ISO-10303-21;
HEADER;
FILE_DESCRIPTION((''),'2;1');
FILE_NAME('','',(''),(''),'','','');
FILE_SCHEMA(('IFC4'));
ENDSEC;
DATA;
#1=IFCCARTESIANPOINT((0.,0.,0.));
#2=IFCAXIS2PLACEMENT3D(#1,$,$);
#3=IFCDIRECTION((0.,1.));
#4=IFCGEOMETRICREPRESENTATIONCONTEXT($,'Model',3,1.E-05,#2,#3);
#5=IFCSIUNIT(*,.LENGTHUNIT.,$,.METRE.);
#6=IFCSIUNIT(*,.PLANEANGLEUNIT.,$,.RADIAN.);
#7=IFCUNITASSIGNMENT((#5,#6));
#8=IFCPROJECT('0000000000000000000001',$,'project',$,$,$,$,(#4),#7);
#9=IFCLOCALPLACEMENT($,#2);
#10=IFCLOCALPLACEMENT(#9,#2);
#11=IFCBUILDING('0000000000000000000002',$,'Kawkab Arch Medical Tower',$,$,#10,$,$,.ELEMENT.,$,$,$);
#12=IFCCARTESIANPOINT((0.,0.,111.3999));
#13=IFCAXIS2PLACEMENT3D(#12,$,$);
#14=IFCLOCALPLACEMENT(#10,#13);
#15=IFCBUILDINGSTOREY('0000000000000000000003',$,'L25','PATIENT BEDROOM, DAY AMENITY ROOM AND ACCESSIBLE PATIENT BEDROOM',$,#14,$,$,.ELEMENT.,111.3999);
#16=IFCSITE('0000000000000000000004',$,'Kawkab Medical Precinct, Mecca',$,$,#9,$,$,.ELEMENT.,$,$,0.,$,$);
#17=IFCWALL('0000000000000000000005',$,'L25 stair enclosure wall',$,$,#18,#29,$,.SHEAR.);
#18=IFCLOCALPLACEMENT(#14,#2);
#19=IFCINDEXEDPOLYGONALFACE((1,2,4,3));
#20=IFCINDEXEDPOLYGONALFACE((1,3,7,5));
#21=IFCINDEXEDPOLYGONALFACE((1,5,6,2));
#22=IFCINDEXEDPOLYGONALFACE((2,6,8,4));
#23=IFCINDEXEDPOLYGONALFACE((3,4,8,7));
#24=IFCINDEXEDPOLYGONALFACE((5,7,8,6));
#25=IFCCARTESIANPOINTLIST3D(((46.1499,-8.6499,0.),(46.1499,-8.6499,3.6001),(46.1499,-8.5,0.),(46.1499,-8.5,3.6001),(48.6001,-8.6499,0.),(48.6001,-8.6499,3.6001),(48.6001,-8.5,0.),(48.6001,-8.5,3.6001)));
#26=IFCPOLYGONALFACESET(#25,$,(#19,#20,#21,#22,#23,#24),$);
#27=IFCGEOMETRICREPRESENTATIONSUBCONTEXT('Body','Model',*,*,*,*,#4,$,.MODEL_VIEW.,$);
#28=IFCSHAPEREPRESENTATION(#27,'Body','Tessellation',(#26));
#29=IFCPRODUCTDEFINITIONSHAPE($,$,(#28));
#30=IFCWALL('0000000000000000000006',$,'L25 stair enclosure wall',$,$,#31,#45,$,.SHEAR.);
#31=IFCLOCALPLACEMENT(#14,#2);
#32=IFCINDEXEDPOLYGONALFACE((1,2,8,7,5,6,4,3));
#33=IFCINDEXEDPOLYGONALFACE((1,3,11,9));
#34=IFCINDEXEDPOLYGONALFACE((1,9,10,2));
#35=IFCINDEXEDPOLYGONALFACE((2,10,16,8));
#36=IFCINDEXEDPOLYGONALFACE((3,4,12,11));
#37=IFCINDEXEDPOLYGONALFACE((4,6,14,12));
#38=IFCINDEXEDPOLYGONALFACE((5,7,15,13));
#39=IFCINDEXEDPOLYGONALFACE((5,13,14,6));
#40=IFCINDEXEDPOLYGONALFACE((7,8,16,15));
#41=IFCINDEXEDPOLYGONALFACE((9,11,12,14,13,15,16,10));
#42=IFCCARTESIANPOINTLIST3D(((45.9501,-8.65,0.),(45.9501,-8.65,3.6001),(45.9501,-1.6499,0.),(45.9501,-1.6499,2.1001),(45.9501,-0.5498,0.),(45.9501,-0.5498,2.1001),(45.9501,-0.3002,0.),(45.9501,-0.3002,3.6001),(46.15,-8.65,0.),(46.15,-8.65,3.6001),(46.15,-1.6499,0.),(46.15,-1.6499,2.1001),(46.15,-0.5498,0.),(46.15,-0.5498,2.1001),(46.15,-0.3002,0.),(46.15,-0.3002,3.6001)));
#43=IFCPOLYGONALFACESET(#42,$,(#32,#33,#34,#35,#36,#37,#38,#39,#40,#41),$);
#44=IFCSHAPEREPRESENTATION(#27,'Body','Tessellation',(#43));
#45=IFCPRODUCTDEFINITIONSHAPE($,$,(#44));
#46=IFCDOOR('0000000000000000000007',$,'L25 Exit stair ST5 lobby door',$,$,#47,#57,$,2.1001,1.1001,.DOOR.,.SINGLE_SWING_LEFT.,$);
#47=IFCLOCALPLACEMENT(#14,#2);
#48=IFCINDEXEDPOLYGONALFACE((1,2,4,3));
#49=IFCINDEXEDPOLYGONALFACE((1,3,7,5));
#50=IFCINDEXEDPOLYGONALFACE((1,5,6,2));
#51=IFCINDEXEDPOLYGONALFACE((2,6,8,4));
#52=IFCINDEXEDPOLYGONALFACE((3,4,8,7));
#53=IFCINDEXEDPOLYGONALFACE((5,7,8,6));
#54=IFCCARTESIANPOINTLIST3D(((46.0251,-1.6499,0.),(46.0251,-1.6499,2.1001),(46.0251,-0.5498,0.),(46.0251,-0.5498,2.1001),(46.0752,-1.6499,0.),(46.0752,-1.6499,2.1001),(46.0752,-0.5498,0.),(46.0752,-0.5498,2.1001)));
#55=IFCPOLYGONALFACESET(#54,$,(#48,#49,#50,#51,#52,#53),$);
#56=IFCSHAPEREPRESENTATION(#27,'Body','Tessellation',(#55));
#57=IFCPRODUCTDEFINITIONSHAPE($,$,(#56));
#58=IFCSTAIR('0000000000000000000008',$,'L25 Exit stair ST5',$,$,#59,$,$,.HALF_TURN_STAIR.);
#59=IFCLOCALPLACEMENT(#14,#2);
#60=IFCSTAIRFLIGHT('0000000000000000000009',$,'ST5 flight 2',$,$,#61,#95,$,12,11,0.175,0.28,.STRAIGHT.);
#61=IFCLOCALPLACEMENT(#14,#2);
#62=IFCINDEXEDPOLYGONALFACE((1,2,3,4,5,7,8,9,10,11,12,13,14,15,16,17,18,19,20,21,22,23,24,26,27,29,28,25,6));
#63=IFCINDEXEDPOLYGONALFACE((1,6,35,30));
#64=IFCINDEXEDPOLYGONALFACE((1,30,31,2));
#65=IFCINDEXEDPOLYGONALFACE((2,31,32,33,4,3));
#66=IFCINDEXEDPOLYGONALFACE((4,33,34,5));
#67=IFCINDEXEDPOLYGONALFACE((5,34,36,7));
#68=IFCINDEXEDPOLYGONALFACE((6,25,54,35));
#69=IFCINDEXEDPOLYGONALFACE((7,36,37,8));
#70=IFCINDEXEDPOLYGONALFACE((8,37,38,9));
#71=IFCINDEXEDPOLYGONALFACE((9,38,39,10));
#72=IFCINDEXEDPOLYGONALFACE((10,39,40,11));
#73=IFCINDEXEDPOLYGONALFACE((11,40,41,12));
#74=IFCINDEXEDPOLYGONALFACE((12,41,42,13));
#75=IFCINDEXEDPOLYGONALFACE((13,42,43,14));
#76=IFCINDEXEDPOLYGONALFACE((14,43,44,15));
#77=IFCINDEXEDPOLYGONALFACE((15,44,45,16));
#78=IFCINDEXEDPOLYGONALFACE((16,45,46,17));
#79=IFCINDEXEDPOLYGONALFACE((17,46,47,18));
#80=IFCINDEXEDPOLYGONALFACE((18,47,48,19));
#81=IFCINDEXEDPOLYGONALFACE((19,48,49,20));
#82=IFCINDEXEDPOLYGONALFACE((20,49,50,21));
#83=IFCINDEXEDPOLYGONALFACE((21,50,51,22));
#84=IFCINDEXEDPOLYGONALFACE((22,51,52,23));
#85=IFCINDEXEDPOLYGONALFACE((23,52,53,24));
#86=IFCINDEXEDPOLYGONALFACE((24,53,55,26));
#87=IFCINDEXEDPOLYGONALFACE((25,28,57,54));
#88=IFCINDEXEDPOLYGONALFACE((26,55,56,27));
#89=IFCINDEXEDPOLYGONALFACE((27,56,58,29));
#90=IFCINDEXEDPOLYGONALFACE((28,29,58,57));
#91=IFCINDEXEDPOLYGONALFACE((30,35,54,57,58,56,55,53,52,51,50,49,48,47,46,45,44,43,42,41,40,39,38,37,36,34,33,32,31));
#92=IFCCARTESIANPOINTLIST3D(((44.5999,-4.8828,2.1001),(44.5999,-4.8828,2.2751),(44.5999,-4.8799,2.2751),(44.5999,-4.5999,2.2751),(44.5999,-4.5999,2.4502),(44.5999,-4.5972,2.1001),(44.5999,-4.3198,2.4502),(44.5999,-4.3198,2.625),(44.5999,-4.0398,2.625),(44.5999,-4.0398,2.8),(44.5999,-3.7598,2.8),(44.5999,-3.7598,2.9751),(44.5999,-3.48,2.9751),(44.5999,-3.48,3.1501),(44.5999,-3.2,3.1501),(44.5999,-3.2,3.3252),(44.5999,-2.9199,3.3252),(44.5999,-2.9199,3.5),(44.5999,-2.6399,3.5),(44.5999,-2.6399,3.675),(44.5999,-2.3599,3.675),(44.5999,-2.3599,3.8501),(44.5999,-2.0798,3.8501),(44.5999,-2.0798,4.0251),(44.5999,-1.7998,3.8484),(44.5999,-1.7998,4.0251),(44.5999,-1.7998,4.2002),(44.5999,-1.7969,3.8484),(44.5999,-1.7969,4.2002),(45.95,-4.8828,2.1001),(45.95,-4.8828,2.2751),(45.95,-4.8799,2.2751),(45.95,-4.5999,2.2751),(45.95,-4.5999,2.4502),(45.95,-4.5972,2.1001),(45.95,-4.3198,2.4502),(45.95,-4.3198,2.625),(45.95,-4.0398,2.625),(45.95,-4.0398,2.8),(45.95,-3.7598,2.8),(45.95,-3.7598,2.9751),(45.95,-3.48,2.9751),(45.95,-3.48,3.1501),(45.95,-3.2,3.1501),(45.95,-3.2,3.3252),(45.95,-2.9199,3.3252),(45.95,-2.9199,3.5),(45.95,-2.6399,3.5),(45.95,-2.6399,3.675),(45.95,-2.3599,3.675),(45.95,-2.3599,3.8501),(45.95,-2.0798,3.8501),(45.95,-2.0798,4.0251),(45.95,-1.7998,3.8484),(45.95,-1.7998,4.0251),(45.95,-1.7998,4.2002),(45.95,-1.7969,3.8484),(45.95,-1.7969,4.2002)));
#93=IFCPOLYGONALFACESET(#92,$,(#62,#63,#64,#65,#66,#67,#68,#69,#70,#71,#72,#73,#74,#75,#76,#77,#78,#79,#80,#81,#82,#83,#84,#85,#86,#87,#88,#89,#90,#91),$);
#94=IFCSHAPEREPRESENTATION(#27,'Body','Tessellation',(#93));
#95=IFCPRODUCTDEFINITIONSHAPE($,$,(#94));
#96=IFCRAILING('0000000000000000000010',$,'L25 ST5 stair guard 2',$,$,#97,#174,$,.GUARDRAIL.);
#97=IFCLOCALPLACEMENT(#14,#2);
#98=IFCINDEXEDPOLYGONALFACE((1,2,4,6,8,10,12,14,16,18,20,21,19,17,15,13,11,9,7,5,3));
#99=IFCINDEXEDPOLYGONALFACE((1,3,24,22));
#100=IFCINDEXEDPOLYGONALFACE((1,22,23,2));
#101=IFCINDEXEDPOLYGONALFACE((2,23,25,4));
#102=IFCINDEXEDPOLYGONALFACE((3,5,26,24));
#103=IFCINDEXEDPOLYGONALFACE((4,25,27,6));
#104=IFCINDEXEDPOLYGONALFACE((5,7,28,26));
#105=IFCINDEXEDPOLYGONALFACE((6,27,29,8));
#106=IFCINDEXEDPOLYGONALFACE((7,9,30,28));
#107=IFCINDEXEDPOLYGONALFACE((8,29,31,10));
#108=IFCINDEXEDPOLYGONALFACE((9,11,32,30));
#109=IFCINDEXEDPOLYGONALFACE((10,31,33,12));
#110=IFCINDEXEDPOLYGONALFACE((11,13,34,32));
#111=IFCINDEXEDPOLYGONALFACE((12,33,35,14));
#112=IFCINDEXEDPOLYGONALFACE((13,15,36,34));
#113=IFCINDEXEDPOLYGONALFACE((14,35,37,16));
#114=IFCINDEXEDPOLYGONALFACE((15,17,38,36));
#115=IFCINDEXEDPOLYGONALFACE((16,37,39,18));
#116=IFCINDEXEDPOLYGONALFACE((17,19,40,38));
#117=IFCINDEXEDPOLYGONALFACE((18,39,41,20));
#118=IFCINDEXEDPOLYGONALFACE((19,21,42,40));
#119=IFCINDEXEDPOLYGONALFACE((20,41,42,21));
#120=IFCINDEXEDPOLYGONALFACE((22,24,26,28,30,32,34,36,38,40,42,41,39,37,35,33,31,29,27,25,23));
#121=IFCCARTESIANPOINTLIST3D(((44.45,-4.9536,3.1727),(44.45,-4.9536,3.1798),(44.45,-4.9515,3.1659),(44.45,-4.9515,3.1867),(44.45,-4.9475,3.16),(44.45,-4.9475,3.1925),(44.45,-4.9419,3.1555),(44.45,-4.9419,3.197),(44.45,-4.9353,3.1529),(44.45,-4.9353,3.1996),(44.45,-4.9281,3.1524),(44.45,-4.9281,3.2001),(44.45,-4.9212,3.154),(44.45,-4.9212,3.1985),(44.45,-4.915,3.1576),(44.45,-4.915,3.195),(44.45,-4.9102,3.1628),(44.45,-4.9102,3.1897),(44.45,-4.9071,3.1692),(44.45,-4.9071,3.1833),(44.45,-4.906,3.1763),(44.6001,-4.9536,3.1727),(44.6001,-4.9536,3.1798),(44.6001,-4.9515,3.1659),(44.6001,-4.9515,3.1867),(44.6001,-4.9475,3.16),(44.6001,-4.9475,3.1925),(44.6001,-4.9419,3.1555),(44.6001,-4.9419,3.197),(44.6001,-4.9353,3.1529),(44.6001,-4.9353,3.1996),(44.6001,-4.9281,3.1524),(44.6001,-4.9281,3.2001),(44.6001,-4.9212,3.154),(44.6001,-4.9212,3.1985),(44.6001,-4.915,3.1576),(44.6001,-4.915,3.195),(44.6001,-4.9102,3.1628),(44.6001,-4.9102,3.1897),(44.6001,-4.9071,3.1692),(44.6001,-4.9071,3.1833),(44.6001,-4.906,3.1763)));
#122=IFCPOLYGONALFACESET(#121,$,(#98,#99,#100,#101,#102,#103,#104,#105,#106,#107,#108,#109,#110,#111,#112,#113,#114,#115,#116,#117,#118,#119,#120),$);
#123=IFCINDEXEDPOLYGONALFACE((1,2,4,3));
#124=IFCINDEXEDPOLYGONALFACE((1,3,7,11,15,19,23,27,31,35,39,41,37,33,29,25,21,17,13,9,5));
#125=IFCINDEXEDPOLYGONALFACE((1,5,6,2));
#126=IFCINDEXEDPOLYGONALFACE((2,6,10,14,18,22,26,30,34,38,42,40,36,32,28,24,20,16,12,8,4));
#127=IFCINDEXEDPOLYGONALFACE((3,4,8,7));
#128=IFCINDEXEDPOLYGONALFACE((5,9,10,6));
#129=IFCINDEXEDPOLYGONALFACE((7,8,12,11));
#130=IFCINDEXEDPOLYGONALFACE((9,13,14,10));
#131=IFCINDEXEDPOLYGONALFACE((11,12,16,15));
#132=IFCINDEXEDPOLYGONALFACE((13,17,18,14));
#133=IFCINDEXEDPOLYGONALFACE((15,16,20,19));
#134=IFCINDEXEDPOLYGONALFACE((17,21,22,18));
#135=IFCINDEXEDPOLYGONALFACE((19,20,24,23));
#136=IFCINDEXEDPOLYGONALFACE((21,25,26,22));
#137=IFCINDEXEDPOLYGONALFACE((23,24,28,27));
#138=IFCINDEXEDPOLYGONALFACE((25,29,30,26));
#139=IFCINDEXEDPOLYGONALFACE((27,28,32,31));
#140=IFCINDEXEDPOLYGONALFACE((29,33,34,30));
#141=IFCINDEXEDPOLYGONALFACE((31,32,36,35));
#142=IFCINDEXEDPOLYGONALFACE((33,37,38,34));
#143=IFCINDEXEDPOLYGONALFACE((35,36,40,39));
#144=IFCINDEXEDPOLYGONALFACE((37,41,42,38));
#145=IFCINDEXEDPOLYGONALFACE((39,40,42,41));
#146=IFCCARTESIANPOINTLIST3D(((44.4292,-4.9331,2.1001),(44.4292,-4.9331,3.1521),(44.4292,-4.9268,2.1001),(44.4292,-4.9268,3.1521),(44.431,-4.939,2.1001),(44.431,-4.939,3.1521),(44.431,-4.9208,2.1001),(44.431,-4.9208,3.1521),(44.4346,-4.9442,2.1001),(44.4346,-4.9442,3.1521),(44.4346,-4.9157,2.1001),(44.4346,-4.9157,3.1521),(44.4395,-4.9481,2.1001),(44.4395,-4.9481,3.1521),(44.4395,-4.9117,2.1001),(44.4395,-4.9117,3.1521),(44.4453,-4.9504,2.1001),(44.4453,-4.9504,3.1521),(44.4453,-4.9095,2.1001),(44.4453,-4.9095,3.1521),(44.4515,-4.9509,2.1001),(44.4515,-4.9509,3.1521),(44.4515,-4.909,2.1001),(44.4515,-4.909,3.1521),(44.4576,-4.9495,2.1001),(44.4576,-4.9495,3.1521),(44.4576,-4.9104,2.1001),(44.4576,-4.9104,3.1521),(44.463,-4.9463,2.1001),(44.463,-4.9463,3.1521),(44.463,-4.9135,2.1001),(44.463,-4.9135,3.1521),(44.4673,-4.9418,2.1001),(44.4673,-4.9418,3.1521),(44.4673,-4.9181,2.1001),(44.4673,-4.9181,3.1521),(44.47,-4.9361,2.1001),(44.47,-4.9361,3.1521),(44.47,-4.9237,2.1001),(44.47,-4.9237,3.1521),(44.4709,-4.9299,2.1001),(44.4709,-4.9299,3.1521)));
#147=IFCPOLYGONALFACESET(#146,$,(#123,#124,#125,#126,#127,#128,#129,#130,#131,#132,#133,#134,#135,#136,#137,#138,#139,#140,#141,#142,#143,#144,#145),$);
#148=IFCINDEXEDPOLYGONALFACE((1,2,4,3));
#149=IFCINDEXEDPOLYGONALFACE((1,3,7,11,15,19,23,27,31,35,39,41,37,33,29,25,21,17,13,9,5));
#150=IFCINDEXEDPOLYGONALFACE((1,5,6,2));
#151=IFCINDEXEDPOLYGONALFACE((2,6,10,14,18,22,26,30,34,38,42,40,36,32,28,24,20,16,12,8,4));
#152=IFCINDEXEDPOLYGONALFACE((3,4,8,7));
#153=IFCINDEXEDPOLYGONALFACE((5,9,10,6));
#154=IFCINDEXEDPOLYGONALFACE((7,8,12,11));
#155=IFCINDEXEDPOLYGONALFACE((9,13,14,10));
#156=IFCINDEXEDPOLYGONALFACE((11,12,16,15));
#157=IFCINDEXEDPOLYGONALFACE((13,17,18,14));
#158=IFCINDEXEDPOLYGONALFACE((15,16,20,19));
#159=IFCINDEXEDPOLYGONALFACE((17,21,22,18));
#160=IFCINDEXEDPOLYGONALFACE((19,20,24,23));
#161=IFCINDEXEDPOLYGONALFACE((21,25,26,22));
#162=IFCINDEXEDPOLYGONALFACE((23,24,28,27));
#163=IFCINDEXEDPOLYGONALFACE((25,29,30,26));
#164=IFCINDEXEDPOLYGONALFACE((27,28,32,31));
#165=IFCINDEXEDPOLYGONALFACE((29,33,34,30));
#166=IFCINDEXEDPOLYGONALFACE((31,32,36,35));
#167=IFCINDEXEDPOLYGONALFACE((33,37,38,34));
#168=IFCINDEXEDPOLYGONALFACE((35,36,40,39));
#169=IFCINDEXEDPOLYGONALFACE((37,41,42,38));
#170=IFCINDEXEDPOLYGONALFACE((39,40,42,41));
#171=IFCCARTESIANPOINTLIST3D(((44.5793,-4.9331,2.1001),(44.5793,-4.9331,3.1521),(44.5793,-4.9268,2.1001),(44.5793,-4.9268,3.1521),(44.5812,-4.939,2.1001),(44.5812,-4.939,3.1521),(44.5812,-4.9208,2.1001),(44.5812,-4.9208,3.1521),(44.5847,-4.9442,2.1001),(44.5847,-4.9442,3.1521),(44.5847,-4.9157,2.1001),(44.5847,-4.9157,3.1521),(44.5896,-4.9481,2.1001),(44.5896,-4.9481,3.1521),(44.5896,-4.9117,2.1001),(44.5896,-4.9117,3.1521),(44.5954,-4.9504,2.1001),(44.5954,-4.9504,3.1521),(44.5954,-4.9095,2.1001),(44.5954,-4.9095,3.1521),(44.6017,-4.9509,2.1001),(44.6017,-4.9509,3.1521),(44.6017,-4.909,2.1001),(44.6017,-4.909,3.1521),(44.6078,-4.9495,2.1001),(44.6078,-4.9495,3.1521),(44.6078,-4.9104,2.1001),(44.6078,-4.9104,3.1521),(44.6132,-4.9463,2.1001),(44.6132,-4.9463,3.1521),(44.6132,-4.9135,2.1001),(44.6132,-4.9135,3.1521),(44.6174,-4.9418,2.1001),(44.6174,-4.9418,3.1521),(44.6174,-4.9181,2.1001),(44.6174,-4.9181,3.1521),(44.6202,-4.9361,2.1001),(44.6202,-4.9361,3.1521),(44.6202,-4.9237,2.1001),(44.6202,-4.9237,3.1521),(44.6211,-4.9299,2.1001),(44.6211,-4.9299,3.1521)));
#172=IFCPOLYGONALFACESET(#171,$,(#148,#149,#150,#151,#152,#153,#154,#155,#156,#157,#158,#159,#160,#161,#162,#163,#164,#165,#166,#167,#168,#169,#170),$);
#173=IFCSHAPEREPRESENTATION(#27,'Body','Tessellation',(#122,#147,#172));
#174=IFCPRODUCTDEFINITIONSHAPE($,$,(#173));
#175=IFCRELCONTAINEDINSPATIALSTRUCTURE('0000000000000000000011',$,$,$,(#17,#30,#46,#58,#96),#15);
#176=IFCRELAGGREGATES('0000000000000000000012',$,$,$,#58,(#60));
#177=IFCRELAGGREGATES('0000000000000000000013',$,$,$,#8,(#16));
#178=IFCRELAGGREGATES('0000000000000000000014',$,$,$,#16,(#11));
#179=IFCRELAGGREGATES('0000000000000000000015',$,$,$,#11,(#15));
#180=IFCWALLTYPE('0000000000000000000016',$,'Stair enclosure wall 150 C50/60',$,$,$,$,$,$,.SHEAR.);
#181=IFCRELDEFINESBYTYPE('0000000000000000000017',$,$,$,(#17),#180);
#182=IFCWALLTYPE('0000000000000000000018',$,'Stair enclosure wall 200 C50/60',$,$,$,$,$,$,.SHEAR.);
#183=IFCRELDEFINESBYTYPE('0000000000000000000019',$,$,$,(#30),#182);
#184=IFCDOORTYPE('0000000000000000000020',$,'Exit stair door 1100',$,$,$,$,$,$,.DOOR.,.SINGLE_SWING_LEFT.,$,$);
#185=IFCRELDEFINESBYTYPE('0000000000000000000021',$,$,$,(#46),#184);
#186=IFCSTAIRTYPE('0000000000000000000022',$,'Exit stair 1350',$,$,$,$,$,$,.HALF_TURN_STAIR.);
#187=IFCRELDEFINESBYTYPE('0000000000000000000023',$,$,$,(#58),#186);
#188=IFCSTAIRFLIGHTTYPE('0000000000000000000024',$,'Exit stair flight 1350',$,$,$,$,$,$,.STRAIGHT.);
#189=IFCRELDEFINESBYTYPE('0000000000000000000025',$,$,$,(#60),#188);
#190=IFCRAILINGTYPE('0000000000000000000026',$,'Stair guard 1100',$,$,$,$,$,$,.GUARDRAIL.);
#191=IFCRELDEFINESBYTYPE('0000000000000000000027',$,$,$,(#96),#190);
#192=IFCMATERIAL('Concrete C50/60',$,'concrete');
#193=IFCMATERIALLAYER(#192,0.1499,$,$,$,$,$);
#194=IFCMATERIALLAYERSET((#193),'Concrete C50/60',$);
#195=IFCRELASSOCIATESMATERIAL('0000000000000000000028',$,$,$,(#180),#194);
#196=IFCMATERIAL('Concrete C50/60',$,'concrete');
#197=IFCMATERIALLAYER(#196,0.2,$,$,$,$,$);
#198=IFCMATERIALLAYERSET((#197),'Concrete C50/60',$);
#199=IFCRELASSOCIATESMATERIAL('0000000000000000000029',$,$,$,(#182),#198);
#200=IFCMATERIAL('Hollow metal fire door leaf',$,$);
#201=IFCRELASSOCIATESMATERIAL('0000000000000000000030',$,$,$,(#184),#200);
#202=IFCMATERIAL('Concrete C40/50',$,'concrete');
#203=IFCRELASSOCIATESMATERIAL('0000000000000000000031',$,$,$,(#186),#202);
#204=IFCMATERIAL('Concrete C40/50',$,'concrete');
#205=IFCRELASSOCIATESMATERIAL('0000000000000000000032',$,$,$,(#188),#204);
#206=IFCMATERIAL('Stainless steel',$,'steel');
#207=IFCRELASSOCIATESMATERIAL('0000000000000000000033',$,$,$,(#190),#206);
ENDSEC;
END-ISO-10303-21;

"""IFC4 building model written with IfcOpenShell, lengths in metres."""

from ifc_helpers import new_model, si_unit, direction, frame, frame_2d, origin, origin_2d, place, context, subcontext, project, spatial, polyline, rectangle, circle, outline, extrude, material, layer, layer_set, type_object, element, fill, aggregate, save


model = new_model("IFC4")

# Units and contexts
model_context = context("Model", 3, precision=1e-05, world=origin(), true_north=direction((0.0, 1.0)))
body_context = subcontext(model_context, "Body", "Model", "MODEL_VIEW")
ifc_project = project(units=[si_unit("LENGTHUNIT", "METRE"), si_unit("PLANEANGLEUNIT", "RADIAN")], contexts=[model_context])

# Site, building, storey
site_placement = place(None, origin())
site = spatial("IfcSite", under=ifc_project, at=site_placement, Name="Kawkab Medical Precinct, Mecca", CompositionType="ELEMENT", RefElevation=0.0)
building_placement = place(site_placement, origin())
building = spatial("IfcBuilding", under=site, at=building_placement, Name="Kawkab Arch Medical Tower", CompositionType="ELEMENT")
storey_placement = place(building_placement, frame((0.0, 0.0, 111.3999)))
storey = spatial("IfcBuildingStorey", under=building, at=storey_placement, Name="L25", Description="PATIENT BEDROOM, DAY AMENITY ROOM AND ACCESSIBLE PATIENT BEDROOM", CompositionType="ELEMENT", Elevation=111.3999)

# Wall
ifc_material_1 = material(Name="Concrete C50/60", Category="concrete")
ifc_layer_1 = layer(ifc_material_1, 0.1499)
ifc_layer_set_1 = layer_set([ifc_layer_1], Name="Concrete C50/60")
wall_type_1 = type_object("IfcWallType", Name="Stair enclosure wall 150 C50/60", PredefinedType="SHEAR", material=ifc_layer_set_1)
wall_1_placement = place(storey_placement, frame((46.1499, -8.575, 0.0), z_axis=(0.0, 0.0, 1.0), x_axis=(1.0, 0.0, 0.0)))
element("IfcWall", 1, at=wall_1_placement, inside=storey, type_object=wall_type_1, Name="L25 stair enclosure wall", PredefinedType="SHEAR", context=body_context, shape_type="SweptSolid", body=[
    extrude(rectangle(XDim=2.4502, YDim=0.1499, at=frame_2d((1.2251, 0.0))), origin(), (0.0, 0.0, 1.0), 3.6001),
])

# Wall, opening, door
ifc_material_2 = material(Name="Concrete C50/60", Category="concrete")
ifc_layer_2 = layer(ifc_material_2, 0.2)
ifc_layer_set_2 = layer_set([ifc_layer_2], Name="Concrete C50/60")
wall_type_2 = type_object("IfcWallType", Name="Stair enclosure wall 200 C50/60", PredefinedType="SHEAR", material=ifc_layer_set_2)
wall_2_placement = place(storey_placement, frame((46.05, -8.6499, 0.0), z_axis=(0.0, 0.0, 1.0), x_axis=(0.0, 1.0, 0.0)))
wall_2 = element("IfcWall", 2, at=wall_2_placement, inside=storey, type_object=wall_type_2, Name="L25 stair enclosure wall", PredefinedType="SHEAR", context=body_context, shape_type="SweptSolid", body=[
    extrude(rectangle(XDim=8.3499, YDim=0.2, at=frame_2d((4.1748, 0.0))), origin(), (0.0, 0.0, 1.0), 3.6001),
])
opening_1_placement = place(wall_2_placement, frame((7.0, 0.0, 0.0)))
opening_1 = element("IfcOpeningElement", 3, at=opening_1_placement, cuts=wall_2, PredefinedType="OPENING", context=body_context, shape_type="SweptSolid", body=[
    extrude(rectangle(XDim=1.1001, YDim=2.1001, at=frame_2d((0.55, 1.05))), frame((0.0, 0.1099, 0.0), z_axis=(0.0, -1.0, 0.0), x_axis=(1.0, 0.0, 0.0)), (0.0, 0.0, 1.0), 0.22),
])
ifc_material_3 = material(Name="Hollow metal fire door leaf")
door_type_1 = type_object("IfcDoorType", Name="Exit stair door 1100", OperationType="SINGLE_SWING_LEFT", PredefinedType="DOOR", material=ifc_material_3)
door_1_placement = place(opening_1_placement, origin())
door_1 = element("IfcDoor", 4, at=door_1_placement, inside=storey, type_object=door_type_1, Name="L25 Exit stair ST5 lobby door", OperationType="SINGLE_SWING_LEFT", OverallHeight=2.1001, OverallWidth=1.1001, PredefinedType="DOOR", context=body_context, shape_type="SweptSolid", body=[
    extrude(rectangle(XDim=1.1001, YDim=2.1001, at=frame_2d((0.55, 1.05))), frame((0.0, 0.0249, 0.0), z_axis=(0.0, -1.0, 0.0), x_axis=(1.0, 0.0, 0.0)), (0.0, 0.0, 1.0), 0.05),
])
fill(opening_1, door_1)

# Stair, stair flight
ifc_material_4 = material(Name="Concrete C40/50", Category="concrete")
stair_type = type_object("IfcStairType", Name="Exit stair 1350", PredefinedType="HALF_TURN_STAIR", material=ifc_material_4)
stair_placement = place(storey_placement, origin())
stair = element("IfcStair", 5, at=stair_placement, inside=storey, type_object=stair_type, Name="L25 Exit stair ST5", PredefinedType="HALF_TURN_STAIR")
ifc_material_5 = material(Name="Concrete C40/50", Category="concrete")
stair_flight_type = type_object("IfcStairFlightType", Name="Exit stair flight 1350", PredefinedType="STRAIGHT", material=ifc_material_5)
stair_flight_placement = place(storey_placement, frame((45.2749, -4.8799, 2.1001), z_axis=(0.0, 0.0, 1.0), x_axis=(0.0, 1.0, 0.0)))
stair_flight = element("IfcStairFlight", 6, at=stair_flight_placement, type_object=stair_flight_type, Name="ST5 flight 2", NumberOfRisers=12, NumberOfTreads=11, PredefinedType="STRAIGHT", RiserHeight=0.175, TreadLength=0.28, context=body_context, shape_type="SweptSolid", body=[
    extrude(outline(polyline([(-0.0029, 0.0), (-0.0029, 0.175), (0.0, 0.175), (0.28, 0.175), (0.28, 0.3501), (0.5601, 0.3501), (0.5601, 0.5249), (0.8401, 0.5249), (0.8401, 0.7), (1.1201, 0.7), (1.1201, 0.875), (1.3999, 0.875), (1.3999, 1.05), (1.6799, 1.05), (1.6799, 1.2251), (1.96, 1.2251), (1.96, 1.3999), (2.24, 1.3999), (2.24, 1.575), (2.52, 1.575), (2.52, 1.75), (2.8, 1.75), (2.8, 1.925), (3.0801, 1.925), (3.0801, 2.1001), (3.083, 2.1001), (3.083, 1.7483), (3.0801, 1.7483), (0.2827, 0.0), (-0.0029, 0.0)])), frame((0.0, 0.675, 0.0), z_axis=(0.0, -1.0, 0.0), x_axis=(1.0, 0.0, 0.0)), (0.0, 0.0, 1.0), 1.3501),
])
aggregate(stair, [stair_flight])

# Railing
ifc_material_6 = material(Name="Stainless steel", Category="steel")
railing_type = type_object("IfcRailingType", Name="Stair guard 1100", PredefinedType="GUARDRAIL", material=ifc_material_6)
railing_1_placement = place(storey_placement, frame((44.45, -4.9299, 2.1001)))
element("IfcRailing", 7, at=railing_1_placement, inside=storey, type_object=railing_type, Name="L25 ST5 stair guard 2", PredefinedType="GUARDRAIL", context=body_context, shape_type="SweptSolid", body=[
    extrude(circle(Radius=0.0239, at=origin_2d()), frame((0.0, 0.0, 1.0762), z_axis=(1.0, 0.0, 0.0), x_axis=(0.0, 1.0, 0.0)), (0.0, 0.0, 1.0), 0.1501),
    extrude(circle(Radius=0.021, at=origin_2d()), origin(), (0.0, 0.0, 1.0), 1.052),
    extrude(circle(Radius=0.021, at=origin_2d()), frame((0.1501, 0.0, 0.0)), (0.0, 0.0, 1.0), 1.052),
])

save(model, "model.ifc")
